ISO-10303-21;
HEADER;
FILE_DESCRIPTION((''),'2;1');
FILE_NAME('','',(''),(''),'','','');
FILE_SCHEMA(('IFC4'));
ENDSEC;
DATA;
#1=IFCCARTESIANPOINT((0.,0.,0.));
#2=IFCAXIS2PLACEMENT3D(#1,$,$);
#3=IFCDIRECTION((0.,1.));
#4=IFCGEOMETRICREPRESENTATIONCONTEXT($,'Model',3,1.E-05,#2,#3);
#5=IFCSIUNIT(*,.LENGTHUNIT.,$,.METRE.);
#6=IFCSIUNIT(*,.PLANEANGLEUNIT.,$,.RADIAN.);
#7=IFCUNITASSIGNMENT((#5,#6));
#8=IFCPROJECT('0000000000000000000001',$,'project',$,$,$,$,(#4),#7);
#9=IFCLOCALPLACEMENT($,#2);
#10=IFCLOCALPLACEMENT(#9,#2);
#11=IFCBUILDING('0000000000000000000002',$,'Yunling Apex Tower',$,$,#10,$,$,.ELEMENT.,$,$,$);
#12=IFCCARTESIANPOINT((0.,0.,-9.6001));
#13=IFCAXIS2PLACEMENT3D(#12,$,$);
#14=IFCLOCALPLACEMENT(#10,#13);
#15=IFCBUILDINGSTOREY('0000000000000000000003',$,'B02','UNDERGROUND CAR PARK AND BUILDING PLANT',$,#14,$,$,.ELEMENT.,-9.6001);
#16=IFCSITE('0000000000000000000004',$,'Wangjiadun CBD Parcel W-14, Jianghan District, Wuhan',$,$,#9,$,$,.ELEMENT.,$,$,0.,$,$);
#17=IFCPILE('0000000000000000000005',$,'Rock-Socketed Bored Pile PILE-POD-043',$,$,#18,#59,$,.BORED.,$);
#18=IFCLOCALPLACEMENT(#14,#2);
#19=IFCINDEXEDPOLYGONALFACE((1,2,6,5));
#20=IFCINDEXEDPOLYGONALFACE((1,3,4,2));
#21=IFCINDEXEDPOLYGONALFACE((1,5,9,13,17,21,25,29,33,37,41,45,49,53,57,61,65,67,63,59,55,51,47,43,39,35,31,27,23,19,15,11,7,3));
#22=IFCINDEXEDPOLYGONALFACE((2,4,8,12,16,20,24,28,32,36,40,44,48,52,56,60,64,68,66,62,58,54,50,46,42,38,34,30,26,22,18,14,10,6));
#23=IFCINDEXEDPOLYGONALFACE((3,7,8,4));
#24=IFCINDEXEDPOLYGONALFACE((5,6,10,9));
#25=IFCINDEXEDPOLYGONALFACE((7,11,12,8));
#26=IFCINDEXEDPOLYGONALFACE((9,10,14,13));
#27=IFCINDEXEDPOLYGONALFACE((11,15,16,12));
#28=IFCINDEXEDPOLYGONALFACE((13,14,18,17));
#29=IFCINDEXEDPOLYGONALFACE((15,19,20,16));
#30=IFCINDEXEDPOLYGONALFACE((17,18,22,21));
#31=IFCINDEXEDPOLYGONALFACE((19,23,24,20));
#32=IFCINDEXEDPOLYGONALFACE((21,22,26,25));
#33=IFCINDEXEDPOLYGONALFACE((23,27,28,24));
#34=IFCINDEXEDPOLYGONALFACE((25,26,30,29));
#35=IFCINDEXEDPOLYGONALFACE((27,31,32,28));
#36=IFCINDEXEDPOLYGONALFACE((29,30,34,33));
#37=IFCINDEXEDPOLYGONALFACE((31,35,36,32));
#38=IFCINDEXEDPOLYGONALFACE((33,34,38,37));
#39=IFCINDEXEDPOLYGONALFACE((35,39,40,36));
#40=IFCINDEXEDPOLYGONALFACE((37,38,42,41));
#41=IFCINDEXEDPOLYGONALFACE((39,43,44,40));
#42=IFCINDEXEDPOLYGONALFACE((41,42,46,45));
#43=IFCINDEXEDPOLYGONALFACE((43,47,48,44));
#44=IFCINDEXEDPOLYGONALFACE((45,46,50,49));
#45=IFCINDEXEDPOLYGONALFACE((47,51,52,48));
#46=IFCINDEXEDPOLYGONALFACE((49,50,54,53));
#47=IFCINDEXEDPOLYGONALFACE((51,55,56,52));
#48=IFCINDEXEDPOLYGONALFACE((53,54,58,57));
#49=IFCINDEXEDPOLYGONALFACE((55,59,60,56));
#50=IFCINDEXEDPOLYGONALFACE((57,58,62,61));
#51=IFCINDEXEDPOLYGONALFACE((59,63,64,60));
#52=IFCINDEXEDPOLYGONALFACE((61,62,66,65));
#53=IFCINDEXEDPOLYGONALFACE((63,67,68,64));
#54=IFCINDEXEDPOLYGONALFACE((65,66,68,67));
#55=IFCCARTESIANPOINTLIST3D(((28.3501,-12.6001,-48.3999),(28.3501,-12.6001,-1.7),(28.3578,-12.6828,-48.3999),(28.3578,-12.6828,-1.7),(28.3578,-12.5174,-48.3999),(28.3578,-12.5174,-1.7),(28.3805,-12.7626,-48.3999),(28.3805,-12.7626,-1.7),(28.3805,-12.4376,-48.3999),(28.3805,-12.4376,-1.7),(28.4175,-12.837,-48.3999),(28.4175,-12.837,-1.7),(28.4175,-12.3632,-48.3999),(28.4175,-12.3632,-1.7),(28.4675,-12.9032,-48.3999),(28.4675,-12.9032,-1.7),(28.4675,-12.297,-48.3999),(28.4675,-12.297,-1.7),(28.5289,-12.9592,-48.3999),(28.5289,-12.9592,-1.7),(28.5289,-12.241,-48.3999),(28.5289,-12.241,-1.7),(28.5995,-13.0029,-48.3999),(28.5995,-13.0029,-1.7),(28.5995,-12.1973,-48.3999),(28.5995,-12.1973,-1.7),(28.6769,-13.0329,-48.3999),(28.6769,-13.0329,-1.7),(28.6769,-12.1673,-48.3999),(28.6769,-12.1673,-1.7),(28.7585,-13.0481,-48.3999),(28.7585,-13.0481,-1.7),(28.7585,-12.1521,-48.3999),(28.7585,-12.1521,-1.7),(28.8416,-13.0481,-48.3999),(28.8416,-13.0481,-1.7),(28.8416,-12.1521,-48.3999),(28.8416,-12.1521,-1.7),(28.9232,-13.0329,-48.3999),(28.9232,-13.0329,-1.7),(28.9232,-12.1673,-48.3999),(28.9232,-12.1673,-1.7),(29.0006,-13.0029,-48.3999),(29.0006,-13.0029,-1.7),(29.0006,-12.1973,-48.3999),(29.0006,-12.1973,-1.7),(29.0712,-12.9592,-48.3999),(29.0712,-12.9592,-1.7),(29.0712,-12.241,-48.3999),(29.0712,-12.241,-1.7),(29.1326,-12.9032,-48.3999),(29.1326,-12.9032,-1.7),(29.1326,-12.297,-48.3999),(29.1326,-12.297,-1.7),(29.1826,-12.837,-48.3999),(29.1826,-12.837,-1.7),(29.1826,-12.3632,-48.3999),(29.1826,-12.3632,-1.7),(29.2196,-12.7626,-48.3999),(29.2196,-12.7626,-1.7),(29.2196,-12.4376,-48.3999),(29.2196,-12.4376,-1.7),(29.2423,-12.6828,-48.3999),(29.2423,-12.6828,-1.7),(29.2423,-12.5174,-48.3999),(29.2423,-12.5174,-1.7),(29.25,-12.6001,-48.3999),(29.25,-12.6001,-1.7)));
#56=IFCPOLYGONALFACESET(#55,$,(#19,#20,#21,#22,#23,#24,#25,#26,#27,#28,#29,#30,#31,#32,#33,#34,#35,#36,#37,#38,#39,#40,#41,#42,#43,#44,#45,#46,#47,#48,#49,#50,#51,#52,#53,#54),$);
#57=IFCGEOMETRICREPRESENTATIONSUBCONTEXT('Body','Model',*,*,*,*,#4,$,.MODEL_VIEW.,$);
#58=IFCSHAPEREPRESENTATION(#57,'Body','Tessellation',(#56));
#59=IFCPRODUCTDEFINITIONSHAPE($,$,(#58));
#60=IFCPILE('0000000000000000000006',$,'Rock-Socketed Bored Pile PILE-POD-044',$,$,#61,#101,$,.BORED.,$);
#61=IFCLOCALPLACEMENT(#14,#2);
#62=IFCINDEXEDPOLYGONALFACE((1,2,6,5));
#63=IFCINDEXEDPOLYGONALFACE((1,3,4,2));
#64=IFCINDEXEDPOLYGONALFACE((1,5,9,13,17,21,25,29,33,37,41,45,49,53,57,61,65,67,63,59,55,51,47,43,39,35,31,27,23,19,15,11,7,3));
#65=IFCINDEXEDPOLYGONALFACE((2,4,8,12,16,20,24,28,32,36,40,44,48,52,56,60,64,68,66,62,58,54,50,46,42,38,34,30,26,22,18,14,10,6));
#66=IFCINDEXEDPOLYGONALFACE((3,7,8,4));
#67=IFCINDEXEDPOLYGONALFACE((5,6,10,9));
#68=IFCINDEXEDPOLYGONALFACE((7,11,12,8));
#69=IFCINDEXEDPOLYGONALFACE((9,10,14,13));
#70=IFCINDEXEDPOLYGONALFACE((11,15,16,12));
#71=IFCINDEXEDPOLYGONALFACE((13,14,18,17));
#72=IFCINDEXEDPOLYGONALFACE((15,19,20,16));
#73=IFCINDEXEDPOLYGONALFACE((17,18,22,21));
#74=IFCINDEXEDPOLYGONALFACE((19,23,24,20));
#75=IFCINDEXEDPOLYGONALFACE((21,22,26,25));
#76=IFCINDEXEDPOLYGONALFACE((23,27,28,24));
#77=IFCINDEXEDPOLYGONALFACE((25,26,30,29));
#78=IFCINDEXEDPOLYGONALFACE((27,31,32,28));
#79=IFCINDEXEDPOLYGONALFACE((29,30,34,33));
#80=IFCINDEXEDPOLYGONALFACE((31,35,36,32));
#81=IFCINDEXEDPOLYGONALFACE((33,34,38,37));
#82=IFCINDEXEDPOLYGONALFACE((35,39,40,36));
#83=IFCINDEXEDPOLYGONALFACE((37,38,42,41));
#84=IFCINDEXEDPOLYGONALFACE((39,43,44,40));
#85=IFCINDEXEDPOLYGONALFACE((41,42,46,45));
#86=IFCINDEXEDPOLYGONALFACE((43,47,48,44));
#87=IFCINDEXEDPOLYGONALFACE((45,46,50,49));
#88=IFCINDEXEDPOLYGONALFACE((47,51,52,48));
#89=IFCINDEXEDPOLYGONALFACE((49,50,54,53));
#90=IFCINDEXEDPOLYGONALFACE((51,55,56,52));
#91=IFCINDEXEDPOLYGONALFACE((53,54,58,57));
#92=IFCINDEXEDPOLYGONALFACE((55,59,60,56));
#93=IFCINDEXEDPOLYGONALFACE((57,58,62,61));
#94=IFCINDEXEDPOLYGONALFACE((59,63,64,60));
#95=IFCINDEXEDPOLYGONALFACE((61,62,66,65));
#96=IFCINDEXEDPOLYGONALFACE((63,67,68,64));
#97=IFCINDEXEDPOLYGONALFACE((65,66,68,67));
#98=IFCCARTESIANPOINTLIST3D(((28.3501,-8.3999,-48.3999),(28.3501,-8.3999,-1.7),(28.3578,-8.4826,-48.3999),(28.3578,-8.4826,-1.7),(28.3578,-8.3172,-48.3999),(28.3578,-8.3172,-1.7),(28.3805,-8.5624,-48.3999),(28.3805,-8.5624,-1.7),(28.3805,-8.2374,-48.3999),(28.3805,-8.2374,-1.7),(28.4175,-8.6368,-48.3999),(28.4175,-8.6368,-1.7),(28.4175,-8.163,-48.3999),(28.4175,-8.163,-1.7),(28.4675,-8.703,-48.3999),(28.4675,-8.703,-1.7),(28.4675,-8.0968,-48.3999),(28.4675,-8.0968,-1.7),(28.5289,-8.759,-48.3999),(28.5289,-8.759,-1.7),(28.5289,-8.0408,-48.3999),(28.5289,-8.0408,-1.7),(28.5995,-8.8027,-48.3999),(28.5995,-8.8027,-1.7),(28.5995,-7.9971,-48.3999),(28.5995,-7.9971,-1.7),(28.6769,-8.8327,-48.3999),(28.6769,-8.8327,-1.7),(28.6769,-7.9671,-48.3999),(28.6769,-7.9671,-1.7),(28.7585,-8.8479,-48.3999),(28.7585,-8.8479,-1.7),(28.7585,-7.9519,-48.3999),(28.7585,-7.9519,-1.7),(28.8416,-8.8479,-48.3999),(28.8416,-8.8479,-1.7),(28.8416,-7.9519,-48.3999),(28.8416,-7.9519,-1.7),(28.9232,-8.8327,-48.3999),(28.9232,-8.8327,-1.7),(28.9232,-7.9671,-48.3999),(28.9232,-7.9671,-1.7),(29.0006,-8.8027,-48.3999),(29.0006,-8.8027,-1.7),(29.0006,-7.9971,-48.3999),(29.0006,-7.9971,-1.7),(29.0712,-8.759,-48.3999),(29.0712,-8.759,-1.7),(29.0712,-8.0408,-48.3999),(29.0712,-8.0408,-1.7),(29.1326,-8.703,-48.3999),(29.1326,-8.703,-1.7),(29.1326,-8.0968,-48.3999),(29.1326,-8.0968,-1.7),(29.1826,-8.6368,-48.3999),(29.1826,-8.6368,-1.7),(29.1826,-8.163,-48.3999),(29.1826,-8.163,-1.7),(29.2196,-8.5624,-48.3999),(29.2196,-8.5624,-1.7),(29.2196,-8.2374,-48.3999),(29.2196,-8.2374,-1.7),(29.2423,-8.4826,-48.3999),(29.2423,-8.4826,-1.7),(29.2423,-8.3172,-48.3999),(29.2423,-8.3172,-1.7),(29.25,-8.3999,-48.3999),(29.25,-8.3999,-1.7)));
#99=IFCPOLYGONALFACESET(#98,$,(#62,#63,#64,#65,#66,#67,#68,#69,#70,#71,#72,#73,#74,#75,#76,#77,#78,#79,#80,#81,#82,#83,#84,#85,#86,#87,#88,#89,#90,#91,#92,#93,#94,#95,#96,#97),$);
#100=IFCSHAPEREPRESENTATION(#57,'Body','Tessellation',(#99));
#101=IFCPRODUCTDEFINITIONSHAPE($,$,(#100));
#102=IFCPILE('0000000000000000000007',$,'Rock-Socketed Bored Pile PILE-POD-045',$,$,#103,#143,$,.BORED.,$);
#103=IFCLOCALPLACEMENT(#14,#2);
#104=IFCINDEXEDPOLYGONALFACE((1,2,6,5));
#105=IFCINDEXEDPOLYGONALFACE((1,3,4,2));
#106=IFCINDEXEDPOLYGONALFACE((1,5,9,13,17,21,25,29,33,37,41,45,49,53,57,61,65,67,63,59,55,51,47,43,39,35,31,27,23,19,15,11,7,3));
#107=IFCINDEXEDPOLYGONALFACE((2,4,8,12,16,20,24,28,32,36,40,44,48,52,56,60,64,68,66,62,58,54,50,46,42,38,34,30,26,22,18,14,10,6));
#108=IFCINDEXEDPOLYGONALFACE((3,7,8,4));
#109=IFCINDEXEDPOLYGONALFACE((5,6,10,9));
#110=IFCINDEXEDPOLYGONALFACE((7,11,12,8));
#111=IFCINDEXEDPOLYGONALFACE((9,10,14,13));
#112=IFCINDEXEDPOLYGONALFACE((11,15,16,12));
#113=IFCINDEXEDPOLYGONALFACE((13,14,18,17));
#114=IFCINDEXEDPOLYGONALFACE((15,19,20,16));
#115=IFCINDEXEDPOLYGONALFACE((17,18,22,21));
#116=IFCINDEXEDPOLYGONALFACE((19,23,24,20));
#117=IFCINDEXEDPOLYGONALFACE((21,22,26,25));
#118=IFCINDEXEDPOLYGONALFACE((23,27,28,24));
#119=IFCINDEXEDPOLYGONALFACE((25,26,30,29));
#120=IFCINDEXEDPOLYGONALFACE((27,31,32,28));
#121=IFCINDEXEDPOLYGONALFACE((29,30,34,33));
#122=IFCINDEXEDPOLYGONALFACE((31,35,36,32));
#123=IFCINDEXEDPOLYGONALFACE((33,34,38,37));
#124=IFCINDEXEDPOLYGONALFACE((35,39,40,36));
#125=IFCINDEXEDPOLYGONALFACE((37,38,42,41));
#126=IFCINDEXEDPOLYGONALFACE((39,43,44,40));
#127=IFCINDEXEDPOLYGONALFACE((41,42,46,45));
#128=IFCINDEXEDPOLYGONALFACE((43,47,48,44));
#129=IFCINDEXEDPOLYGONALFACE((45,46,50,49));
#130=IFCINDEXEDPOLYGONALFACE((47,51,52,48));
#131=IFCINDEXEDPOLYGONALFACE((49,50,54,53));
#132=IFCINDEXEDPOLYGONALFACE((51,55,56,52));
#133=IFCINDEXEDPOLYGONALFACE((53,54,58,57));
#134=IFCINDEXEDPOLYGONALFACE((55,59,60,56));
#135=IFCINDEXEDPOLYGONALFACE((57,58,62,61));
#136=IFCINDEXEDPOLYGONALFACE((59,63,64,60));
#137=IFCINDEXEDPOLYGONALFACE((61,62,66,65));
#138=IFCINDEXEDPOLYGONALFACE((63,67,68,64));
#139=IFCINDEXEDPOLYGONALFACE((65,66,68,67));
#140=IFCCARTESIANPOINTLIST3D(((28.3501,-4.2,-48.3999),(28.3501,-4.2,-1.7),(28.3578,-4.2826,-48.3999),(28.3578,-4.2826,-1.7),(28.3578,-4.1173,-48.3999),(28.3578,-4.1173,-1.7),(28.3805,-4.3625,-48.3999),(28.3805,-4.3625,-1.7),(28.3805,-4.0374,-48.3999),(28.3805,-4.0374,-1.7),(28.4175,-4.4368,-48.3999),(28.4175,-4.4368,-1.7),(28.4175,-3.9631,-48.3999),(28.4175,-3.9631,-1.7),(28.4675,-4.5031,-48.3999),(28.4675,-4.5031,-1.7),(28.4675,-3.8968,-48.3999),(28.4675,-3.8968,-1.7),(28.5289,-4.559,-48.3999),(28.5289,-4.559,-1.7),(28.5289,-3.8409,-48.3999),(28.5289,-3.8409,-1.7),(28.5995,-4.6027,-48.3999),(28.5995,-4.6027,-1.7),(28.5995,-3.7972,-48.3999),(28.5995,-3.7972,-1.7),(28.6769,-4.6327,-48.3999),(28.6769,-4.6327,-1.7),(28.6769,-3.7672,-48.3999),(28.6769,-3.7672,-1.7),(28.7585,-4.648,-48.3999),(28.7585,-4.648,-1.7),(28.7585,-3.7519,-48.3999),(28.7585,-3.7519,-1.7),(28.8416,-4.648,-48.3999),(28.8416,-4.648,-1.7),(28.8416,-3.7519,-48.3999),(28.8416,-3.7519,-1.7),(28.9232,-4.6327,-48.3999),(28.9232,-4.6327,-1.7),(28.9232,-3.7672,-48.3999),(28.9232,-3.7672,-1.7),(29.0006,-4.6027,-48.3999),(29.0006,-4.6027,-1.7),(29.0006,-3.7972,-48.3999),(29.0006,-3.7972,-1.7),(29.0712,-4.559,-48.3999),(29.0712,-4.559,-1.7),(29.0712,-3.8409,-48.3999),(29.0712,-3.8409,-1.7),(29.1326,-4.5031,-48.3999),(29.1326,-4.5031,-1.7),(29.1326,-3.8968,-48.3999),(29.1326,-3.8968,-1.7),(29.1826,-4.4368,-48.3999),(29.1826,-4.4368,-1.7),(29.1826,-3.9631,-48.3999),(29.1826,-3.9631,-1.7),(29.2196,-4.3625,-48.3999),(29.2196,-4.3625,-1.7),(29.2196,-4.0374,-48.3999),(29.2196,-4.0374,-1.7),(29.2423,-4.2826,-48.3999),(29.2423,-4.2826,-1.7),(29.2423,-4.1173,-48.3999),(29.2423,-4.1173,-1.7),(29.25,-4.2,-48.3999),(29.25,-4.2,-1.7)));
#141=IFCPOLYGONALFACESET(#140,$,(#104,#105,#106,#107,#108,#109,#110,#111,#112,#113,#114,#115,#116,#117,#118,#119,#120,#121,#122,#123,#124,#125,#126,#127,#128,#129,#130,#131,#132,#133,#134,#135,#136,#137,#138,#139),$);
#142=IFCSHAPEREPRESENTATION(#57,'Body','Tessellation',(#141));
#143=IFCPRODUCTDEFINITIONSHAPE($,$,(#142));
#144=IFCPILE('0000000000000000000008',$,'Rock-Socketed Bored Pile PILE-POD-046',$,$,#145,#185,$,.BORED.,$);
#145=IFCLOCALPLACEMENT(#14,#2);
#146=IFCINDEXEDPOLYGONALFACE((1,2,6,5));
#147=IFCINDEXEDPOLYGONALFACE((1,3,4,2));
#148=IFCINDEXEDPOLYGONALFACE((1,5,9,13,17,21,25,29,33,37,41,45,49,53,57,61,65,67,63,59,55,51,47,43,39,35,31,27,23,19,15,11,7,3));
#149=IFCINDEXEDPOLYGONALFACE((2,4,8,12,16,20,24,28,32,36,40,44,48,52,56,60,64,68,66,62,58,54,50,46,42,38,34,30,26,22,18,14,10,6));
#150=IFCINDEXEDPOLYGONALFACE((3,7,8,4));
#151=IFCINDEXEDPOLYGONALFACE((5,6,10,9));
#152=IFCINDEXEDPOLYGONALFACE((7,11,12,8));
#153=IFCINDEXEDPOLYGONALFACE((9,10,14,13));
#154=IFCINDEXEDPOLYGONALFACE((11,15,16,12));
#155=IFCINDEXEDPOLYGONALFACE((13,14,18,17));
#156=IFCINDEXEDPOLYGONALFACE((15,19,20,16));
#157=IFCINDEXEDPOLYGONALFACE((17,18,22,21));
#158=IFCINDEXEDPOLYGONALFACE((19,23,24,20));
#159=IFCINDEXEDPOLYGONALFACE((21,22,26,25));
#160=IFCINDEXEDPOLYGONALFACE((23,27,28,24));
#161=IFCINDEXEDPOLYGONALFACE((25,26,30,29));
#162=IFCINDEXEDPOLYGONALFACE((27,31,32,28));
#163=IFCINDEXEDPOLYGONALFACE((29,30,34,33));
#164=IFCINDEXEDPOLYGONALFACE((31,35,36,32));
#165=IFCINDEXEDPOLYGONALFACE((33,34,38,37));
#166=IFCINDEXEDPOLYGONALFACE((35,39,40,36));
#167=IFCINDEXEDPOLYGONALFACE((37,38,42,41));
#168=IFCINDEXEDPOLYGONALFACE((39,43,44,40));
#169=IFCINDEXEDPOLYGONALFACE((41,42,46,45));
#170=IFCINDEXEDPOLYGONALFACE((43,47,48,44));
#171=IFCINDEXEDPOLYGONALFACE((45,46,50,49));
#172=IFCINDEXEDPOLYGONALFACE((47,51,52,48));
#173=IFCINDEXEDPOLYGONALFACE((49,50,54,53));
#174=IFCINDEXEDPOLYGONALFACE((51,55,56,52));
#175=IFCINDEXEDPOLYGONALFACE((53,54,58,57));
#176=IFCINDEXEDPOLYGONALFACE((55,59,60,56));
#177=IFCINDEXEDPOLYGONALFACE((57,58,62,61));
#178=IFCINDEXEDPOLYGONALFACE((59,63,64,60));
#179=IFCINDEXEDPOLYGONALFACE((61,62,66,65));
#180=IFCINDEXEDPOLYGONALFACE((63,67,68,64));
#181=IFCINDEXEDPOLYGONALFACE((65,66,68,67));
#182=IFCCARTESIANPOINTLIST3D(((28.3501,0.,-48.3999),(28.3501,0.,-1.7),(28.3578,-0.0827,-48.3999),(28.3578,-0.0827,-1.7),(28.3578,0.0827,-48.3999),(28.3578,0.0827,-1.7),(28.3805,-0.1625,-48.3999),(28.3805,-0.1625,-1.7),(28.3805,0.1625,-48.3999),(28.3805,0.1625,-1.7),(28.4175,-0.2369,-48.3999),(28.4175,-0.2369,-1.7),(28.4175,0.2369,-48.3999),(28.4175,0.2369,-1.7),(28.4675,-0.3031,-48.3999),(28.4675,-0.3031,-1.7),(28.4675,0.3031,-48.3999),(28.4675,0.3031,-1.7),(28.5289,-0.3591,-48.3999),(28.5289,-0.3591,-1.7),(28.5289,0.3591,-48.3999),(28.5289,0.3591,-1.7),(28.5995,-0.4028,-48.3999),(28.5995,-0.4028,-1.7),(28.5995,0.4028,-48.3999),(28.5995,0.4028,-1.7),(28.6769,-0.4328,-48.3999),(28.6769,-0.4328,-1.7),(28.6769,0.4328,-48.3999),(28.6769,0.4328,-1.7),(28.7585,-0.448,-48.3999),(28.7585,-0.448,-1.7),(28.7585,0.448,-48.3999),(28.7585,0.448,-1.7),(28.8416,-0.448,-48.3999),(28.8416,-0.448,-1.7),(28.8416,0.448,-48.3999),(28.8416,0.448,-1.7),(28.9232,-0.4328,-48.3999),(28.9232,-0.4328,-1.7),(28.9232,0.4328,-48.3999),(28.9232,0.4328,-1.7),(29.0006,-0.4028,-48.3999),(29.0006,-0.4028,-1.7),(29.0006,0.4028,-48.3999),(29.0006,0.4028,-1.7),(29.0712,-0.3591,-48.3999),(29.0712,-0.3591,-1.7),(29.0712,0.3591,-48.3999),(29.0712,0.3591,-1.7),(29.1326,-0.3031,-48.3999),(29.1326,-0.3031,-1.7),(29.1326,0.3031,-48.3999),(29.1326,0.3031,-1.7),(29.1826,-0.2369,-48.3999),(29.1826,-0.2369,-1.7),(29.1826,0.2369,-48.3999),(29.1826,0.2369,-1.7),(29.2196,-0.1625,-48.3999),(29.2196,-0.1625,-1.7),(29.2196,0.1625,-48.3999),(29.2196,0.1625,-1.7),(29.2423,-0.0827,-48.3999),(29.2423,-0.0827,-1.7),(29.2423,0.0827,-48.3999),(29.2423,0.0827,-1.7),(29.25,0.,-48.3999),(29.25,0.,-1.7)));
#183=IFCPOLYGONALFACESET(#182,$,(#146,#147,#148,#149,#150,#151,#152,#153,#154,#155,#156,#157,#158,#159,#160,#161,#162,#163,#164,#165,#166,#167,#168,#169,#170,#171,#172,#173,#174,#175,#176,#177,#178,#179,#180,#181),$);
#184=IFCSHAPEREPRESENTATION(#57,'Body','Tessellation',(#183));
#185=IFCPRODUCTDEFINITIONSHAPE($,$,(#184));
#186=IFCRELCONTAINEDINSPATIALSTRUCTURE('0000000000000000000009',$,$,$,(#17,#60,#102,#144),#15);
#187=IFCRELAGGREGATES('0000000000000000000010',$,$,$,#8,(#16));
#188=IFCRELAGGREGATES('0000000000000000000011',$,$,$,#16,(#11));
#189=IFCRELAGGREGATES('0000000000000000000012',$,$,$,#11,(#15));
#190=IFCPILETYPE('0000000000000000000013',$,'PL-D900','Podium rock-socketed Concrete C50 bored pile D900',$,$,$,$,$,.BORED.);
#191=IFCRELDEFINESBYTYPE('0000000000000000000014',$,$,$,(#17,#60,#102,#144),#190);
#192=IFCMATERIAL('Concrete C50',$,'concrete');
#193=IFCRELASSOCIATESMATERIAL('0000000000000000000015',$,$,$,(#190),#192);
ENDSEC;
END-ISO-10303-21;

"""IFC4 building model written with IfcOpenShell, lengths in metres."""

from ifc_helpers import new_model, si_unit, direction, frame, origin, origin_2d, place, context, subcontext, project, spatial, circle, extrude, source, transform, mapped, material, material_profile, profile_set, type_object, element, save


model = new_model("IFC4")

# Units and contexts
model_context = context("Model", 3, precision=1e-05, world=origin(), true_north=direction((0.0, 1.0)))
body_context = subcontext(model_context, "Body", "Model", "MODEL_VIEW")
ifc_project = project(units=[si_unit("LENGTHUNIT", "METRE"), si_unit("PLANEANGLEUNIT", "RADIAN")], contexts=[model_context])

# Site, building, storey
site_placement = place(None, origin())
site = spatial("IfcSite", under=ifc_project, at=site_placement, Name="Wangjiadun CBD Parcel W-14, Jianghan District, Wuhan", CompositionType="ELEMENT", RefElevation=0.0)
building_placement = place(site_placement, origin())
building = spatial("IfcBuilding", under=site, at=building_placement, Name="Yunling Apex Tower", CompositionType="ELEMENT")
storey_placement = place(building_placement, frame((0.0, 0.0, -9.6001)))
storey = spatial("IfcBuildingStorey", under=building, at=storey_placement, Name="B02", Description="UNDERGROUND CAR PARK AND BUILDING PLANT", CompositionType="ELEMENT", Elevation=-9.6001)

# Shared definitions
ifc_material_1 = material(Name="Concrete C50", Category="concrete")

# Piles
ifc_material_profile_1 = material_profile(ifc_material_1, circle(Radius=0.45, at=origin_2d()))
ifc_profile_set_1 = profile_set([ifc_material_profile_1], Name="Concrete C50")
pile_type_1 = type_object("IfcPileType", Name="PL-D900", Description="Podium rock-socketed Concrete C50 bored pile D900", PredefinedType="BORED", material=ifc_profile_set_1)
shared_shape_1 = source(origin(), body_context, "Body", "SweptSolid", [
    extrude(circle(Radius=0.45, at=origin_2d()), origin(), (0.0, 0.0, 1.0), 46.7),
])
for number, where, z_axis, x_axis, name in (
    (1, (28.8, -12.6001, -1.7), (0.0, 0.0, -1.0), (1.0, 0.0, 0.0), "Rock-Socketed Bored Pile PILE-POD-043"),
    (2, (28.8, -8.3999, -1.7), (0.0, 0.0, -1.0), (1.0, 0.0, 0.0), "Rock-Socketed Bored Pile PILE-POD-044"),
    (3, (28.8, -4.2, -1.7), (0.0, 0.0, -1.0), (1.0, 0.0, 0.0), "Rock-Socketed Bored Pile PILE-POD-045"),
    (4, (28.8, 0.0, -1.7), (0.0, 0.0, -1.0), (1.0, 0.0, 0.0), "Rock-Socketed Bored Pile PILE-POD-046"),
):
    element("IfcPile", number, at=place(storey_placement, frame(where, z_axis=z_axis, x_axis=x_axis)), inside=storey, type_object=pile_type_1, Name=name, PredefinedType="BORED", context=body_context, shape_type="MappedRepresentation", body=[
        mapped(shared_shape_1, transform((0.0, 0.0, 0.0), scale=1.0)),
    ])

save(model, "model.ifc")
